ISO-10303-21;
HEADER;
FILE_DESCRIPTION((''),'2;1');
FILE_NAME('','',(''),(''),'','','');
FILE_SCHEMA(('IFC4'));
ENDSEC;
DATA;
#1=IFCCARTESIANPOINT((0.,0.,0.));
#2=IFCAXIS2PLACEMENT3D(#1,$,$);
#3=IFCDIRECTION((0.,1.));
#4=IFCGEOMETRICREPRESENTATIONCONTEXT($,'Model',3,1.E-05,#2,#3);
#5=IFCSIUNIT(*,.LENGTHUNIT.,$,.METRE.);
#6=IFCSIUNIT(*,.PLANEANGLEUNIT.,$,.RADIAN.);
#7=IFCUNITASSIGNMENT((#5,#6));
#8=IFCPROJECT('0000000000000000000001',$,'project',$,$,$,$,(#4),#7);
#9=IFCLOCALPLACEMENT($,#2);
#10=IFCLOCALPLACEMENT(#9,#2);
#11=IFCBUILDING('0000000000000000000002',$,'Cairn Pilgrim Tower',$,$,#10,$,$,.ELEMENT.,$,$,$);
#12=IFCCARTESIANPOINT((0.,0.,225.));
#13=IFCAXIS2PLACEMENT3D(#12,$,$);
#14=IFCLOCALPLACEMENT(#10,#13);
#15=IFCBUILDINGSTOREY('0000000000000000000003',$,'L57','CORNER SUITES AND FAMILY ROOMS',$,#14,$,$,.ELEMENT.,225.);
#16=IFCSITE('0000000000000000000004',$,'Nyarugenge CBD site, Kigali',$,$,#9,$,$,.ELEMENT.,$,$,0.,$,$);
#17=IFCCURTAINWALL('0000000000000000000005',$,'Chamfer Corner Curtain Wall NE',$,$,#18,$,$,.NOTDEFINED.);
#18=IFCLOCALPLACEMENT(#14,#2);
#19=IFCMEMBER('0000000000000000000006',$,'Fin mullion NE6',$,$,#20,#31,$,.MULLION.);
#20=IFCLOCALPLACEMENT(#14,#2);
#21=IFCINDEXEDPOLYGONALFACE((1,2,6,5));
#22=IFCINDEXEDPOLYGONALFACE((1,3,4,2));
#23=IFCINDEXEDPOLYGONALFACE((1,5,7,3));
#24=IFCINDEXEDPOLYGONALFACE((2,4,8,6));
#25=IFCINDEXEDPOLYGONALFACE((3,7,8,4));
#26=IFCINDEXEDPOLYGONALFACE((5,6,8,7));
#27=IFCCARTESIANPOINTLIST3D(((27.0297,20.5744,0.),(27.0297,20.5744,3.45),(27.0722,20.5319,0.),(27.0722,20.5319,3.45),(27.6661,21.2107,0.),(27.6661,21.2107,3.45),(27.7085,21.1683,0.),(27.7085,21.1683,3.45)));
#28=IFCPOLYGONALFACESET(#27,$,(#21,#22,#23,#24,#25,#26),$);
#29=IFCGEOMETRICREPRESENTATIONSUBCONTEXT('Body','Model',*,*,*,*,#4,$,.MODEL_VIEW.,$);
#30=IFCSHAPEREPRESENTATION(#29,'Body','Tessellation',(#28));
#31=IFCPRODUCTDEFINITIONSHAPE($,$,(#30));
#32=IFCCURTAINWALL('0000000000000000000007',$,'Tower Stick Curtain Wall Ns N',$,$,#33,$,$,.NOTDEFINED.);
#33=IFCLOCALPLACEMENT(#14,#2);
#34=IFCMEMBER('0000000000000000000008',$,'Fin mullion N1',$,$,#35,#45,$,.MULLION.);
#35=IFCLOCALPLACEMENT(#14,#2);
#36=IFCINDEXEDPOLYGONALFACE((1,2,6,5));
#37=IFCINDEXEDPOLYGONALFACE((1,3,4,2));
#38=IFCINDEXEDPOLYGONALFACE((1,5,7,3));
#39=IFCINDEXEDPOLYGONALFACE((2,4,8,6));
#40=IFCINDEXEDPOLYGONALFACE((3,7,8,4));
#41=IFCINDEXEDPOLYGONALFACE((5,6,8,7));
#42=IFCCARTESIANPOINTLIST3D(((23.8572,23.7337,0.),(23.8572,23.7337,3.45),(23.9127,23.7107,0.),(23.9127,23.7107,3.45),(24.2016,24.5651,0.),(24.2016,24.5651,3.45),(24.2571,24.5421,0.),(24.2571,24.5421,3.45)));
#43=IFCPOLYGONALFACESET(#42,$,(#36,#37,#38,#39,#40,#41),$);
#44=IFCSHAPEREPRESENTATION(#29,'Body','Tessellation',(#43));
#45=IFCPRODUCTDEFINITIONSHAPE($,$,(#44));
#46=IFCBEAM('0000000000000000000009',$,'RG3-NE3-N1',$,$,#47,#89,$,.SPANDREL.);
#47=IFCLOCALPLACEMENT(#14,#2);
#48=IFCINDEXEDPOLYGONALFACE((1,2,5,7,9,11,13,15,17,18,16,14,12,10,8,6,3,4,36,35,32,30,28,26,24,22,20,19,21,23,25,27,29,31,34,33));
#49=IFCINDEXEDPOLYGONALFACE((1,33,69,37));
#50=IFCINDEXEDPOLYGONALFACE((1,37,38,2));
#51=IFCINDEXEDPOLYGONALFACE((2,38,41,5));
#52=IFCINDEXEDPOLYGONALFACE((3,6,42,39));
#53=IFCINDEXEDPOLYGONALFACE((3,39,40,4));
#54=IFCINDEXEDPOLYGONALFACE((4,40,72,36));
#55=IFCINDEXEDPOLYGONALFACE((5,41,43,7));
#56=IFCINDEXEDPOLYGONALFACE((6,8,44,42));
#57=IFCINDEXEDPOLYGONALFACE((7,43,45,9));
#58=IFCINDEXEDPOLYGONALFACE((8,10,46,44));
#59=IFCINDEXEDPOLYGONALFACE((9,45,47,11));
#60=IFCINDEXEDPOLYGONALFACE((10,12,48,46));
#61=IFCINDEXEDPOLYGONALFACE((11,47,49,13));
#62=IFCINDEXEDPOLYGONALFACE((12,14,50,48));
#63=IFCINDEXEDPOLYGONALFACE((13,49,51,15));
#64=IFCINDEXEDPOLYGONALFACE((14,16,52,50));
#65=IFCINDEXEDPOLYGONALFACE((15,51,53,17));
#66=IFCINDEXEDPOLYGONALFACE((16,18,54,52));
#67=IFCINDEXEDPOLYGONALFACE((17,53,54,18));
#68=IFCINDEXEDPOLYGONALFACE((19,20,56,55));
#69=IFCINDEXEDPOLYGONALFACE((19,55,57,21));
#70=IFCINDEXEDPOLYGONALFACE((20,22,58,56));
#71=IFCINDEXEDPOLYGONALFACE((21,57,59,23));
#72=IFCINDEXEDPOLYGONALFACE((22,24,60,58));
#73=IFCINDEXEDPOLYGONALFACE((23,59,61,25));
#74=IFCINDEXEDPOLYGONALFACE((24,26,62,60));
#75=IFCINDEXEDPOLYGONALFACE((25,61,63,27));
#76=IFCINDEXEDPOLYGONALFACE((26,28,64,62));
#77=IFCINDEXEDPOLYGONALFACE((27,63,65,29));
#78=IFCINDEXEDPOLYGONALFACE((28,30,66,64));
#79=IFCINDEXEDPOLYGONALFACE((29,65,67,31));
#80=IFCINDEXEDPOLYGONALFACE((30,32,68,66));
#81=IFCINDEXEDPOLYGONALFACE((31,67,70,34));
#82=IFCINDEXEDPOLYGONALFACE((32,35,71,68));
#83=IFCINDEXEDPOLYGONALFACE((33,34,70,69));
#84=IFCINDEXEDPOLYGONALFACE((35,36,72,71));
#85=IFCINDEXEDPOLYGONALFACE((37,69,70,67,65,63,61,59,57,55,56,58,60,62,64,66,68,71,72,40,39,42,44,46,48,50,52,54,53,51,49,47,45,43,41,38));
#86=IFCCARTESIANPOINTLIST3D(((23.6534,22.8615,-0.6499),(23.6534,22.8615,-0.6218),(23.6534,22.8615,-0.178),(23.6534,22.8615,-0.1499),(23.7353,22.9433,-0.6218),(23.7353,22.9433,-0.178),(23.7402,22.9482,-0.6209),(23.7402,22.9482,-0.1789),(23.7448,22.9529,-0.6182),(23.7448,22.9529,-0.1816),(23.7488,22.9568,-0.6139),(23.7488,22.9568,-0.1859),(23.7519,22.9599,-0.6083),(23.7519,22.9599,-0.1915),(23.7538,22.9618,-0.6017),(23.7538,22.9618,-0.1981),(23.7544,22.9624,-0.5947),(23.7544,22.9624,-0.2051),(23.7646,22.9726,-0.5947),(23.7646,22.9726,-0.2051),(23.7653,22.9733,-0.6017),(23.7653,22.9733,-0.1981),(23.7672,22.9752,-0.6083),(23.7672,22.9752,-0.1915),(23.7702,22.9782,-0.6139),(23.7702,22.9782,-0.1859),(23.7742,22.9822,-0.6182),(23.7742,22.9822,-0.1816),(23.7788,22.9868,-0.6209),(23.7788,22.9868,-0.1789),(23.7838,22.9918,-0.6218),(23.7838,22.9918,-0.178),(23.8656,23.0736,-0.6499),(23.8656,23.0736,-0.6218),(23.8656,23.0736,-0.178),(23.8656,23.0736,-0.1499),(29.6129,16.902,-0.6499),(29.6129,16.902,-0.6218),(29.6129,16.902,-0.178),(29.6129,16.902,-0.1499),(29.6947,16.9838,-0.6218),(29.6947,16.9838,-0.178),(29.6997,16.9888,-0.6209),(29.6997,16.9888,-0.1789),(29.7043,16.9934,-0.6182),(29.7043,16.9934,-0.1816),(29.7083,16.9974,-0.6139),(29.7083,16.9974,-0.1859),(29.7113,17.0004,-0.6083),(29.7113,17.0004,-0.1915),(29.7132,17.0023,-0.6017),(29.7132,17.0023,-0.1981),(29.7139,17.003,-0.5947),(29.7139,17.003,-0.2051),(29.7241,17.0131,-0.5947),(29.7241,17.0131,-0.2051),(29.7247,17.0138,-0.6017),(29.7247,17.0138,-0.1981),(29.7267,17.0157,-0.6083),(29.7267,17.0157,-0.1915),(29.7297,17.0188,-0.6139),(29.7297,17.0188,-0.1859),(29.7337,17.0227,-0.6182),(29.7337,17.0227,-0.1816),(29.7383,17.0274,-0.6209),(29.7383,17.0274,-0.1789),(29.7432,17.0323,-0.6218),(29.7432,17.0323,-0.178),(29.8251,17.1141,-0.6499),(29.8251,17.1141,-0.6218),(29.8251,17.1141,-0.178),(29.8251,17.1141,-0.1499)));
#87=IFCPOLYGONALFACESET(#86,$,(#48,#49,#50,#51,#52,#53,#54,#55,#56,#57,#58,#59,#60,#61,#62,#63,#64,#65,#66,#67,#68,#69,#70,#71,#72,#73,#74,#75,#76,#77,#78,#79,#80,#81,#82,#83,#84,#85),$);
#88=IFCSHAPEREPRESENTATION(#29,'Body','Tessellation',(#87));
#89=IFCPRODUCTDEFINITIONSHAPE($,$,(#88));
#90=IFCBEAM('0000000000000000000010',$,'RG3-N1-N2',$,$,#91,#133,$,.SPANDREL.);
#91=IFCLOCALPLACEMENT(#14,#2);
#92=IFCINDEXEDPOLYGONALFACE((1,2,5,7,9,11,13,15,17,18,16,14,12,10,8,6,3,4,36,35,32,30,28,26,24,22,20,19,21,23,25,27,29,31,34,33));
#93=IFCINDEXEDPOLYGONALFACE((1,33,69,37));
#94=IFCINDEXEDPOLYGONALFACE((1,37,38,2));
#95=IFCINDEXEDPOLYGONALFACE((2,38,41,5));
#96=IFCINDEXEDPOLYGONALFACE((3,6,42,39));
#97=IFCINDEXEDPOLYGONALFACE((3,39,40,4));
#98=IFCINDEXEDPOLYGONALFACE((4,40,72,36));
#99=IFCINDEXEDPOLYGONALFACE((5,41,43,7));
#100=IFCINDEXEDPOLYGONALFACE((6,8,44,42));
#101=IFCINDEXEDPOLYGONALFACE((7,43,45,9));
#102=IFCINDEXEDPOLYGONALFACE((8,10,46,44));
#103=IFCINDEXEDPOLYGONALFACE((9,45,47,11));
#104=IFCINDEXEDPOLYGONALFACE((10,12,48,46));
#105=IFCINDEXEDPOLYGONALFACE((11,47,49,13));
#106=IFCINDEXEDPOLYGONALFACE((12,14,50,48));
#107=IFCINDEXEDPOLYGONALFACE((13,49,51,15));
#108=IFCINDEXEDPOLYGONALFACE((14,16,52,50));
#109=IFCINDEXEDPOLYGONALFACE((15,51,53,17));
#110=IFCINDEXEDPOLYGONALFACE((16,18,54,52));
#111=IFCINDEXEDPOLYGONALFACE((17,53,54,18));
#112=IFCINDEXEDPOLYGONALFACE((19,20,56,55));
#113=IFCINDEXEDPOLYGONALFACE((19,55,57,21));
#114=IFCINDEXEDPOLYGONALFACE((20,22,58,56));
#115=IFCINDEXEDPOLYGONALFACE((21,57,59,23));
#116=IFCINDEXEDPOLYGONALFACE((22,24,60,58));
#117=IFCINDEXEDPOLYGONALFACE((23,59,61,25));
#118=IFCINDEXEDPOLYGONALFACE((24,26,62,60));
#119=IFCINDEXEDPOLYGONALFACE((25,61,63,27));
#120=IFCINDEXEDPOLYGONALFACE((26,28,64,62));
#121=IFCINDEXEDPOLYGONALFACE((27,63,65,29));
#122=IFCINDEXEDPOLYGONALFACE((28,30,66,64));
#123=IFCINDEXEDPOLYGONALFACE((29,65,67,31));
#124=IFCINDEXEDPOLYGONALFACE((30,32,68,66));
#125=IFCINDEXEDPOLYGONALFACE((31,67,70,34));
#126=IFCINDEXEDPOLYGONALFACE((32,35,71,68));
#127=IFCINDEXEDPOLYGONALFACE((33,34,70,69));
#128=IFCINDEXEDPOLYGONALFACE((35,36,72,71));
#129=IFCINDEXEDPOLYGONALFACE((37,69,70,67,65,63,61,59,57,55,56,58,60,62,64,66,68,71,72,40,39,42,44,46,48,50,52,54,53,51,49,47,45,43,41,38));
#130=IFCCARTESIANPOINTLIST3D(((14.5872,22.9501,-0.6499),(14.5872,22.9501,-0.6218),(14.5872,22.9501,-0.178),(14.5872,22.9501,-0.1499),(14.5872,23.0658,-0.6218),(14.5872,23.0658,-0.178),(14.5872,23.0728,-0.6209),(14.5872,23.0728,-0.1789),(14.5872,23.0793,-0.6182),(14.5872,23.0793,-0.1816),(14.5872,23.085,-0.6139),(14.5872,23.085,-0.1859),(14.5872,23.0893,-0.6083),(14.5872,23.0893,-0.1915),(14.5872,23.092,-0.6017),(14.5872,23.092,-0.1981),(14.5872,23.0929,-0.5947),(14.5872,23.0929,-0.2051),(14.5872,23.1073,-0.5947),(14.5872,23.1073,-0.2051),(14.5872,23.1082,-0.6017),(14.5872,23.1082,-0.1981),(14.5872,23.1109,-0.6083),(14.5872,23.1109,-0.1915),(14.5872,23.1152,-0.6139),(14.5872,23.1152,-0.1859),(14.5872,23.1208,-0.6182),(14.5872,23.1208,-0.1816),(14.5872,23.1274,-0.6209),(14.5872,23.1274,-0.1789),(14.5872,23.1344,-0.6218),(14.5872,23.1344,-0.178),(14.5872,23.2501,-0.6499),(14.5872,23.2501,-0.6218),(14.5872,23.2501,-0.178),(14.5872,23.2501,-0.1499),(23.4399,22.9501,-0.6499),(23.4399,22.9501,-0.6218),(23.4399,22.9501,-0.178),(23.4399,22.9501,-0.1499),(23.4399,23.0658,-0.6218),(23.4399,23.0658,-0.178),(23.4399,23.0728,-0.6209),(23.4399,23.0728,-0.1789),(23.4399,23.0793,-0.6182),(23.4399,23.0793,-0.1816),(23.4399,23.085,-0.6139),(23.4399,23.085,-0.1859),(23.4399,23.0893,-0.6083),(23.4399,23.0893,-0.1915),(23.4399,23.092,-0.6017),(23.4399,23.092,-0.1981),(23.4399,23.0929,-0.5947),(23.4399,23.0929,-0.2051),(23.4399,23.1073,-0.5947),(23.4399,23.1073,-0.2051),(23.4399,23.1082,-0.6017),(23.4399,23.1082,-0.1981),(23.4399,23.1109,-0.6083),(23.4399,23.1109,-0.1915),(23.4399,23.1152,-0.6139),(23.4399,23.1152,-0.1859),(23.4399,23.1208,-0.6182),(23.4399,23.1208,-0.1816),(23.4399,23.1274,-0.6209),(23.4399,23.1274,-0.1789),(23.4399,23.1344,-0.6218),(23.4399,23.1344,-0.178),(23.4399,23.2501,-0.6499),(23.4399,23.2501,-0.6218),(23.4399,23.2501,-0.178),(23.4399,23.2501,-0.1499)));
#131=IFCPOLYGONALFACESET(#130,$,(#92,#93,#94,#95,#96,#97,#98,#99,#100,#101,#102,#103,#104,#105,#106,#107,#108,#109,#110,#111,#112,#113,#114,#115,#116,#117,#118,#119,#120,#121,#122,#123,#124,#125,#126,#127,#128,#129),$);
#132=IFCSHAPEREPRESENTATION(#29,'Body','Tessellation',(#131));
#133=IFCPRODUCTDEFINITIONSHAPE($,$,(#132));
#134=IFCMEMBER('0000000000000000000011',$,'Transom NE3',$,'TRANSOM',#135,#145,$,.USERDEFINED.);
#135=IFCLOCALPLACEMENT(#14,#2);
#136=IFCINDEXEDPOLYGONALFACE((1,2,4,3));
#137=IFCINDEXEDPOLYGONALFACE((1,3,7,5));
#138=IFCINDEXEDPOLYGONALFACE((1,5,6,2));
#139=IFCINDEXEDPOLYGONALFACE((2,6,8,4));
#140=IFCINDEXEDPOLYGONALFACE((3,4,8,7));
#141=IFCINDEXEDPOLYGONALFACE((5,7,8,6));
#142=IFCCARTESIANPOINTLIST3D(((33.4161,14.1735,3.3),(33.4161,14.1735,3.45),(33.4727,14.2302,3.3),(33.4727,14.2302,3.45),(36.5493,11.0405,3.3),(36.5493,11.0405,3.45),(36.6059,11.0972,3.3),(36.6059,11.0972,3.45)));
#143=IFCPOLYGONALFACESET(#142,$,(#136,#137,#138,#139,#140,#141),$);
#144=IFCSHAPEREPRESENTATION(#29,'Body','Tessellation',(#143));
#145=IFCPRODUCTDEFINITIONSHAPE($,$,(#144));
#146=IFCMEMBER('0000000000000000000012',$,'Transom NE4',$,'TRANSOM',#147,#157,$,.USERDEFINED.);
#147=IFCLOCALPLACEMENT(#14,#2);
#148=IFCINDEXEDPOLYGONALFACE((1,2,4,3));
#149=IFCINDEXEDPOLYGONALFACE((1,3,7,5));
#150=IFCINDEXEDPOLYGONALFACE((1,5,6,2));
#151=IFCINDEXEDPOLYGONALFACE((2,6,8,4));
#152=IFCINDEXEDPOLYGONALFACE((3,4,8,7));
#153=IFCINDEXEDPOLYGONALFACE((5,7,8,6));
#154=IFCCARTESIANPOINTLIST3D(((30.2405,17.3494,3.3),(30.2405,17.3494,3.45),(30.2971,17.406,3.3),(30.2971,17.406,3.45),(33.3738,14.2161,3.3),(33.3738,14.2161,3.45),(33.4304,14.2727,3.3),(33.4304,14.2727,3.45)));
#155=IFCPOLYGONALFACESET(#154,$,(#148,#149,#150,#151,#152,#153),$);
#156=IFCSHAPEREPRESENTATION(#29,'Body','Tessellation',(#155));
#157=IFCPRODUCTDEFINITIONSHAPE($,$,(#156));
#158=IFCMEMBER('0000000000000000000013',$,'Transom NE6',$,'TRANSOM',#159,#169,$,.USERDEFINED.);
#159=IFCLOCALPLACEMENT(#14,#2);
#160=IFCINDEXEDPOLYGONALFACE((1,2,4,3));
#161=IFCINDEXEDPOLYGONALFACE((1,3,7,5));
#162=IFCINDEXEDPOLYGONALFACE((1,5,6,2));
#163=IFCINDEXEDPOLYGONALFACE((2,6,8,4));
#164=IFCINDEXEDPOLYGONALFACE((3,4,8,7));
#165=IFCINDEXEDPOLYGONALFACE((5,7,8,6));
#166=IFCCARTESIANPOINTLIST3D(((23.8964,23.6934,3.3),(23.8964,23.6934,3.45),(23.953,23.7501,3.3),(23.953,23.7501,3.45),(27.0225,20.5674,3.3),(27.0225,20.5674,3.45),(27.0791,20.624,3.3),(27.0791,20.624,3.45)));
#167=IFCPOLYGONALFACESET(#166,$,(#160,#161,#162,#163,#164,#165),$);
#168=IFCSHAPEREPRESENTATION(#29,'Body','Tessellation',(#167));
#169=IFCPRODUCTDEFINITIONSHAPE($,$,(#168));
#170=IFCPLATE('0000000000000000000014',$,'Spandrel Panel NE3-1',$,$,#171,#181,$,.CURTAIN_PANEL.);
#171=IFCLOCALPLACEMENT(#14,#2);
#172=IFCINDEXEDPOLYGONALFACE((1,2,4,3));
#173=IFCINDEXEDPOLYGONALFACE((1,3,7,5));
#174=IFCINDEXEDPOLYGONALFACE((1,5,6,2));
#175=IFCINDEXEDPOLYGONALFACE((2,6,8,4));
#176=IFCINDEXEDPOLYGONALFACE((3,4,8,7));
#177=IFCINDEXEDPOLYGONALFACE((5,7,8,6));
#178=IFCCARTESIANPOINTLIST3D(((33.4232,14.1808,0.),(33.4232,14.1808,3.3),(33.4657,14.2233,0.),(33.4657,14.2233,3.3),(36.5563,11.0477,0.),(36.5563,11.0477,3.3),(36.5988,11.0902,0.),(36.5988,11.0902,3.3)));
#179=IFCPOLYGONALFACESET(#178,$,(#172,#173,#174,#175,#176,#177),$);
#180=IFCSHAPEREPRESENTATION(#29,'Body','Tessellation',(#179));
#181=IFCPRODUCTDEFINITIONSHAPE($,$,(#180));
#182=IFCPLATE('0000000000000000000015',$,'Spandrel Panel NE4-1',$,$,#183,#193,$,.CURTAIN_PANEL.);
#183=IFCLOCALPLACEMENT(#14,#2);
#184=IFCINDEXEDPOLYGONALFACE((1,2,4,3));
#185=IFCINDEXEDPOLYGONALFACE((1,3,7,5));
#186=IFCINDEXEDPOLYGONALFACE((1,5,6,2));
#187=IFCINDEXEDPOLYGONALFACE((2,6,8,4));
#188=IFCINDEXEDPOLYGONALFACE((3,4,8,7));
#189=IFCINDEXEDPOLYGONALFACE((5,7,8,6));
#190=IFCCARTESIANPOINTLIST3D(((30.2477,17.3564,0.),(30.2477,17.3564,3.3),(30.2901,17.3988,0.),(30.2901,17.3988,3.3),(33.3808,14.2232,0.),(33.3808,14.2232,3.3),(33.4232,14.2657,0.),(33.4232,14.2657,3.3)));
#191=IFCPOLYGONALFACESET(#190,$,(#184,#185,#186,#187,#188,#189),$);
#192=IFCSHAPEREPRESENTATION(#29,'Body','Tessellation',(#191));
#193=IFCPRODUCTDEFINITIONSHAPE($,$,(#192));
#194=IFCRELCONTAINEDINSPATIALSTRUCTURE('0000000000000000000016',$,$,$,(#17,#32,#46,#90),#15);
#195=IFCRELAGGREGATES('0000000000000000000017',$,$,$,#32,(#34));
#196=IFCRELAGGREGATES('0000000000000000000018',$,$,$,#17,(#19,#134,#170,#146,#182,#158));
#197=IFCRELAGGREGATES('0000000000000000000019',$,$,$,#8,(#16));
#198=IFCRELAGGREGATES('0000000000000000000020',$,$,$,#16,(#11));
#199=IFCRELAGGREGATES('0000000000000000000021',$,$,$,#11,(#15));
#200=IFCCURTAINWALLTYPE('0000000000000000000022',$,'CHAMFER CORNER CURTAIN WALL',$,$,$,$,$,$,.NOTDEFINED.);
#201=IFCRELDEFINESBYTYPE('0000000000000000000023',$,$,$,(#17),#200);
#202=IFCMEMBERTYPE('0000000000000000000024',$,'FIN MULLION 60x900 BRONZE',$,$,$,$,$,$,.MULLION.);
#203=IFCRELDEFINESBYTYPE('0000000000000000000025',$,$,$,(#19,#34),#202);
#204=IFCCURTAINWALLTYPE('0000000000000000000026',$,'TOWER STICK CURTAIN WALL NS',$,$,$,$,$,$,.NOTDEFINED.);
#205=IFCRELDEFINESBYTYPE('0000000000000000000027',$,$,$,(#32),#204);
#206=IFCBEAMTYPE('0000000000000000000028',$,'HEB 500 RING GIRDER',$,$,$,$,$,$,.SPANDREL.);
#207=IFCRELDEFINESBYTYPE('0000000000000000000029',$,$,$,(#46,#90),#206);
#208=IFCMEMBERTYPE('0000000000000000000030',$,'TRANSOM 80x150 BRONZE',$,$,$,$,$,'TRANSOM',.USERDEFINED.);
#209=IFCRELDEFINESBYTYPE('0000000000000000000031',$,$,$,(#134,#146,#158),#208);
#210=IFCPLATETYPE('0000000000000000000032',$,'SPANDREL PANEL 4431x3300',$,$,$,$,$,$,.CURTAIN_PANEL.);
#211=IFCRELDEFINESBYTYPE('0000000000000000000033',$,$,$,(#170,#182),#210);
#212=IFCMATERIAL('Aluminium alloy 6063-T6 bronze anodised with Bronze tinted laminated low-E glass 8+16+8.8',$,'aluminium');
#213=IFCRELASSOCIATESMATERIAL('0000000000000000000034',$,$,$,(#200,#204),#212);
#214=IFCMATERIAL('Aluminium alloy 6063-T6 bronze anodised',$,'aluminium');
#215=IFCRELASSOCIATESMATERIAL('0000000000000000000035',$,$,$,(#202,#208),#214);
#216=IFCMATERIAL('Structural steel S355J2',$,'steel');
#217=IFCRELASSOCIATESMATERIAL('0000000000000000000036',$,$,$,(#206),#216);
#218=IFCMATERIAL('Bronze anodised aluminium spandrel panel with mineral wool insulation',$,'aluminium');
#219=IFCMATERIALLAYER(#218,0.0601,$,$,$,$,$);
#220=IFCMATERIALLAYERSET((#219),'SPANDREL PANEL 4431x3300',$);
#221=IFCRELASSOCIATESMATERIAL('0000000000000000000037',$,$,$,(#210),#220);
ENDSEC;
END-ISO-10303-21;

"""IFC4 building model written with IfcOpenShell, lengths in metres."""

from ifc_helpers import new_model, si_unit, direction, frame, origin, origin_2d, place, context, subcontext, project, spatial, rectangle, i_section, extrude, material, layer, layer_set, material_profile, profile_set, type_object, element, aggregate, save


model = new_model("IFC4")

# Units and contexts
model_context = context("Model", 3, precision=1e-05, world=origin(), true_north=direction((0.0, 1.0)))
body_context = subcontext(model_context, "Body", "Model", "MODEL_VIEW")
ifc_project = project(units=[si_unit("LENGTHUNIT", "METRE"), si_unit("PLANEANGLEUNIT", "RADIAN")], contexts=[model_context])

# Site, building, storey
site_placement = place(None, origin())
site = spatial("IfcSite", under=ifc_project, at=site_placement, Name="Nyarugenge CBD site, Kigali", CompositionType="ELEMENT", RefElevation=0.0)
building_placement = place(site_placement, origin())
building = spatial("IfcBuilding", under=site, at=building_placement, Name="Cairn Pilgrim Tower", CompositionType="ELEMENT")
storey_placement = place(building_placement, frame((0.0, 0.0, 225.0)))
storey = spatial("IfcBuildingStorey", under=building, at=storey_placement, Name="L57", Description="CORNER SUITES AND FAMILY ROOMS", CompositionType="ELEMENT", Elevation=225.0)

# Shared definitions
ifc_material_1 = material(Name="Structural steel S355J2", Category="steel")

# Curtain wall, member
ifc_material_2 = material(Name="Aluminium alloy 6063-T6 bronze anodised with Bronze tinted laminated low-E glass 8+16+8.8", Category="aluminium")
curtain_wall_type_1 = type_object("IfcCurtainWallType", Name="CHAMFER CORNER CURTAIN WALL", PredefinedType="NOTDEFINED", material=ifc_material_2)
curtain_wall_1_placement = place(storey_placement, origin())
curtain_wall_1 = element("IfcCurtainWall", 1, at=curtain_wall_1_placement, inside=storey, type_object=curtain_wall_type_1, Name="Chamfer Corner Curtain Wall NE", PredefinedType="NOTDEFINED")
ifc_material_3 = material(Name="Aluminium alloy 6063-T6 bronze anodised", Category="aluminium")
ifc_material_profile_1 = material_profile(ifc_material_3, rectangle(XDim=0.8999, YDim=0.0601, at=origin_2d()), Name="FIN MULLION 60x900 BRONZE")
ifc_profile_set_1 = profile_set([ifc_material_profile_1], Name="Aluminium alloy 6063-T6 bronze anodised")
member_type_1 = type_object("IfcMemberType", Name="FIN MULLION 60x900 BRONZE", PredefinedType="MULLION", material=ifc_profile_set_1)
member_1_placement = place(storey_placement, frame((27.3691, 20.8713, 0.0), z_axis=(0.0, 0.0, 1.0), x_axis=(0.707107, 0.707107, 0.0)))
member_1 = element("IfcMember", 2, at=member_1_placement, type_object=member_type_1, Name="Fin mullion NE6", PredefinedType="MULLION", context=body_context, shape_type="SweptSolid", body=[
    extrude(rectangle(XDim=0.8999, YDim=0.0601, at=origin_2d()), origin(), (0.0, 0.0, 1.0), 3.45),
])

# Curtain wall, member
curtain_wall_type_2 = type_object("IfcCurtainWallType", Name="TOWER STICK CURTAIN WALL NS", PredefinedType="NOTDEFINED", material=ifc_material_2)
curtain_wall_2_placement = place(storey_placement, origin())
curtain_wall_2 = element("IfcCurtainWall", 3, at=curtain_wall_2_placement, inside=storey, type_object=curtain_wall_type_2, Name="Tower Stick Curtain Wall Ns N", PredefinedType="NOTDEFINED")
member_2_placement = place(storey_placement, frame((24.0571, 24.1379, 0.0), z_axis=(0.0, 0.0, 1.0), x_axis=(0.382683, 0.92388, 0.0)))
member_2 = element("IfcMember", 4, at=member_2_placement, type_object=member_type_1, Name="Fin mullion N1", PredefinedType="MULLION", context=body_context, shape_type="SweptSolid", body=[
    extrude(rectangle(XDim=0.8999, YDim=0.0601, at=origin_2d()), origin(), (0.0, 0.0, 1.0), 3.45),
])
aggregate(curtain_wall_2, [member_2])

# Beams
ifc_material_profile_2 = material_profile(ifc_material_1, i_section(OverallWidth=0.3, OverallDepth=0.5, WebThickness=0.0144, FlangeThickness=0.0281, FilletRadius=0.0271, at=origin_2d()), Name="HEB 500")
ifc_profile_set_2 = profile_set([ifc_material_profile_2], Name="Structural steel S355J2")
beam_type_1 = type_object("IfcBeamType", Name="HEB 500 RING GIRDER", PredefinedType="SPANDREL", material=ifc_profile_set_2)
beam_1_placement = place(storey_placement, frame((29.719, 17.0081, -0.3999), z_axis=(-0.707107, 0.707107, 0.0), x_axis=(-0.707107, -0.707107, 0.0)))
element("IfcBeam", 5, at=beam_1_placement, inside=storey, type_object=beam_type_1, Name="RG3-NE3-N1", PredefinedType="SPANDREL", context=body_context, shape_type="SweptSolid", body=[
    extrude(i_section(OverallWidth=0.3, OverallDepth=0.5, WebThickness=0.0144, FlangeThickness=0.0281, FilletRadius=0.0271, at=origin_2d()), origin(), (0.0, 0.0, 1.0), 8.428),
])
beam_2_placement = place(storey_placement, frame((23.4399, 23.1001, -0.3999), z_axis=(-1.0, 0.0, 0.0), x_axis=(0.0, -1.0, 0.0)))
element("IfcBeam", 6, at=beam_2_placement, inside=storey, type_object=beam_type_1, Name="RG3-N1-N2", PredefinedType="SPANDREL", context=body_context, shape_type="SweptSolid", body=[
    extrude(i_section(OverallWidth=0.3, OverallDepth=0.5, WebThickness=0.0144, FlangeThickness=0.0281, FilletRadius=0.0271, at=origin_2d()), origin(), (0.0, 0.0, 1.0), 8.8528),
])

# Members
ifc_material_profile_3 = material_profile(ifc_material_3, rectangle(XDim=0.0801, YDim=0.1499, at=origin_2d()), Name="TRANSOM 80x150 BRONZE")
ifc_profile_set_3 = profile_set([ifc_material_profile_3], Name="Aluminium alloy 6063-T6 bronze anodised")
member_type_2 = type_object("IfcMemberType", Name="TRANSOM 80x150 BRONZE", ElementType="TRANSOM", PredefinedType="USERDEFINED", material=ifc_profile_set_3)
member_3_placement = place(storey_placement, frame((36.5776, 11.0688, 3.375), z_axis=(-0.707134, 0.707079, 0.0), x_axis=(-0.707079, -0.707134, 0.0)))
member_3 = element("IfcMember", 7, at=member_3_placement, type_object=member_type_2, Name="Transom NE3", ObjectType="TRANSOM", PredefinedType="USERDEFINED", context=body_context, shape_type="SweptSolid", body=[
    extrude(rectangle(XDim=0.0801, YDim=0.1499, at=origin_2d()), origin(), (0.0, 0.0, 1.0), 4.4309),
])
member_4_placement = place(storey_placement, frame((33.4021, 14.2444, 3.375), z_axis=(-0.707107, 0.707107, 0.0), x_axis=(-0.707107, -0.707107, 0.0)))
member_4 = element("IfcMember", 8, at=member_4_placement, type_object=member_type_2, Name="Transom NE4", ObjectType="TRANSOM", PredefinedType="USERDEFINED", context=body_context, shape_type="SweptSolid", body=[
    extrude(rectangle(XDim=0.0801, YDim=0.1499, at=origin_2d()), origin(), (0.0, 0.0, 1.0), 4.4312),
])
member_5_placement = place(storey_placement, frame((27.0508, 20.5957, 3.375), z_axis=(-0.707107, 0.707107, 0.0), x_axis=(-0.707107, -0.707107, 0.0)))
member_5 = element("IfcMember", 9, at=member_5_placement, type_object=member_type_2, Name="Transom NE6", ObjectType="TRANSOM", PredefinedType="USERDEFINED", context=body_context, shape_type="SweptSolid", body=[
    extrude(rectangle(XDim=0.0801, YDim=0.1499, at=origin_2d()), origin(), (0.0, 0.0, 1.0), 4.4209),
])

# Plates
ifc_material_4 = material(Name="Bronze anodised aluminium spandrel panel with mineral wool insulation", Category="aluminium")
ifc_layer_1 = layer(ifc_material_4, 0.0601)
ifc_layer_set_1 = layer_set([ifc_layer_1], Name="SPANDREL PANEL 4431x3300")
plate_type_1 = type_object("IfcPlateType", Name="SPANDREL PANEL 4431x3300", PredefinedType="CURTAIN_PANEL", material=ifc_layer_set_1)
plate_1_placement = place(storey_placement, frame((35.011, 12.6355, 0.0), z_axis=(0.0, 0.0, 1.0), x_axis=(-0.707107, 0.707107, 0.0)))
plate_1 = element("IfcPlate", 10, at=plate_1_placement, type_object=plate_type_1, Name="Spandrel Panel NE3-1", PredefinedType="CURTAIN_PANEL", context=body_context, shape_type="SweptSolid", body=[
    extrude(rectangle(XDim=4.4309, YDim=0.0601, at=origin_2d()), origin(), (0.0, 0.0, 1.0), 3.3),
])
plate_2_placement = place(storey_placement, frame((31.8354, 15.811, 0.0), z_axis=(0.0, 0.0, 1.0), x_axis=(-0.707107, 0.707107, 0.0)))
plate_2 = element("IfcPlate", 11, at=plate_2_placement, type_object=plate_type_1, Name="Spandrel Panel NE4-1", PredefinedType="CURTAIN_PANEL", context=body_context, shape_type="SweptSolid", body=[
    extrude(rectangle(XDim=4.4309, YDim=0.0601, at=origin_2d()), origin(), (0.0, 0.0, 1.0), 3.3),
])
aggregate(curtain_wall_1, [member_1, member_3, plate_1, member_4, plate_2, member_5])

save(model, "model.ifc")
